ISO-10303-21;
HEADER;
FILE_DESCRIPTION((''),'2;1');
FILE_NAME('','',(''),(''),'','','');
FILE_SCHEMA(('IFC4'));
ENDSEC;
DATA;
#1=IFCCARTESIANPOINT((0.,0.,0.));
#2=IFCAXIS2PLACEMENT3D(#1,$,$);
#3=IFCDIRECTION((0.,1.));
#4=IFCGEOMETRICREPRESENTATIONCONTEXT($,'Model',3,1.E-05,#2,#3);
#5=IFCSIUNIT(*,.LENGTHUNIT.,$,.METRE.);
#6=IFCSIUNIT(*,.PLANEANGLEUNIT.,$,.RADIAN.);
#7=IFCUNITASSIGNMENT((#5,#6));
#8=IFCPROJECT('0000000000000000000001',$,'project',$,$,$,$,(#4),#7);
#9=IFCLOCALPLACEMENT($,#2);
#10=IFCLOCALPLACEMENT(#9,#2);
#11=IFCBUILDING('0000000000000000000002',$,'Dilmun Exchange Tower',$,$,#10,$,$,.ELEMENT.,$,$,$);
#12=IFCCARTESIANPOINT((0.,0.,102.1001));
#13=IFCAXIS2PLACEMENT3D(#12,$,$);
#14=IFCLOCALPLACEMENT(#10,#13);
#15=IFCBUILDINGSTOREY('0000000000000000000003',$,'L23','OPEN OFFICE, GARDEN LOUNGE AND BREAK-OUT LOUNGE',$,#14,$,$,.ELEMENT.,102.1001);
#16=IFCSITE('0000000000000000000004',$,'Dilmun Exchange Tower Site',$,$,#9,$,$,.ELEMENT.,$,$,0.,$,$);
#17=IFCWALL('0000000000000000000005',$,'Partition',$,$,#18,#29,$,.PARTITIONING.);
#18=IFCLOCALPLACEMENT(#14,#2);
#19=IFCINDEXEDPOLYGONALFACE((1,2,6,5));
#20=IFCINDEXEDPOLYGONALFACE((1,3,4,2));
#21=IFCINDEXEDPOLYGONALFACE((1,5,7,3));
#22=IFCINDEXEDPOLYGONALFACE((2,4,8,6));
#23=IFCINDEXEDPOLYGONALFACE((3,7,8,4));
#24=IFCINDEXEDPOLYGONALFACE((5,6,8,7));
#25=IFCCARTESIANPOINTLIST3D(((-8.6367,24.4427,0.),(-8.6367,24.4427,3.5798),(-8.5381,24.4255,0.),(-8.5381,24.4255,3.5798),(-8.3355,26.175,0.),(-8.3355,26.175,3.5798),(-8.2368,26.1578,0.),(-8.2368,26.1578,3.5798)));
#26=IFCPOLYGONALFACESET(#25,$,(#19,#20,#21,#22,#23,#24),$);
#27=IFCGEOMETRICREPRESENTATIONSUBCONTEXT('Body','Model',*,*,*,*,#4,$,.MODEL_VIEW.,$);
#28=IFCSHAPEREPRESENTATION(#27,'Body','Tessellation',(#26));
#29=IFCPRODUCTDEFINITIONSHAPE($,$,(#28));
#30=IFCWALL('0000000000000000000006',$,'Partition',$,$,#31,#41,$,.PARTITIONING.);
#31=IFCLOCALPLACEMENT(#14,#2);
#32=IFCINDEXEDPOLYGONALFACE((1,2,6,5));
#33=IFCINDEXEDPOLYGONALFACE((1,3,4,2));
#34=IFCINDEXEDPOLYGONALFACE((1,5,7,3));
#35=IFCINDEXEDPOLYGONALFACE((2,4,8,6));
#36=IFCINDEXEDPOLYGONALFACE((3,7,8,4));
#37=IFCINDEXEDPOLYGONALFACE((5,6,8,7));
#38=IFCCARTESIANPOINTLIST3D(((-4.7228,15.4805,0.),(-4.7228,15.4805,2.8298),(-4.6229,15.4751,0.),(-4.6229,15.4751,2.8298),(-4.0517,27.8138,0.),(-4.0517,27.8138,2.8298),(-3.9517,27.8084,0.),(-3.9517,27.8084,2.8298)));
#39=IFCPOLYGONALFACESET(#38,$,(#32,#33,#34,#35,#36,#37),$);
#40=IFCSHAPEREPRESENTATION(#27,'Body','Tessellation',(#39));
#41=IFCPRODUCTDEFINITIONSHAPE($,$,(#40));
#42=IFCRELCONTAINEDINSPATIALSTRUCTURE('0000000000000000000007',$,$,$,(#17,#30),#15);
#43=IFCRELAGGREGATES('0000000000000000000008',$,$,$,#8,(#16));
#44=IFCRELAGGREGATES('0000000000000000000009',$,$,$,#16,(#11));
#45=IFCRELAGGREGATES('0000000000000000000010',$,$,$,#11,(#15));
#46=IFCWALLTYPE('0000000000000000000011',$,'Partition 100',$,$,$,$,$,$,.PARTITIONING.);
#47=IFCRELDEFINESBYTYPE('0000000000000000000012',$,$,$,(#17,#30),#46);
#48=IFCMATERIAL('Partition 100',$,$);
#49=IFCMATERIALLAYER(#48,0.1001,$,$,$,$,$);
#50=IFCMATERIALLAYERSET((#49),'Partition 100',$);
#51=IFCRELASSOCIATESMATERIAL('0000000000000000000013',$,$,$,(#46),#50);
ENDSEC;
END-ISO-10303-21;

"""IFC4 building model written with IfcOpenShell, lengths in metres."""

from ifc_helpers import new_model, si_unit, direction, frame, frame_2d, origin, place, context, subcontext, project, spatial, rectangle, extrude, material, layer, layer_set, type_object, element, save


model = new_model("IFC4")

# Units and contexts
model_context = context("Model", 3, precision=1e-05, world=origin(), true_north=direction((0.0, 1.0)))
body_context = subcontext(model_context, "Body", "Model", "MODEL_VIEW")
ifc_project = project(units=[si_unit("LENGTHUNIT", "METRE"), si_unit("PLANEANGLEUNIT", "RADIAN")], contexts=[model_context])

# Site, building, storey
site_placement = place(None, origin())
site = spatial("IfcSite", under=ifc_project, at=site_placement, Name="Dilmun Exchange Tower Site", CompositionType="ELEMENT", RefElevation=0.0)
building_placement = place(site_placement, origin())
building = spatial("IfcBuilding", under=site, at=building_placement, Name="Dilmun Exchange Tower", CompositionType="ELEMENT")
storey_placement = place(building_placement, frame((0.0, 0.0, 102.1001)))
storey = spatial("IfcBuildingStorey", under=building, at=storey_placement, Name="L23", Description="OPEN OFFICE, GARDEN LOUNGE AND BREAK-OUT LOUNGE", CompositionType="ELEMENT", Elevation=102.1001)

# Walls
ifc_material_1 = material(Name="Partition 100")
ifc_layer_1 = layer(ifc_material_1, 0.1001)
ifc_layer_set_1 = layer_set([ifc_layer_1], Name="Partition 100")
wall_type_1 = type_object("IfcWallType", Name="Partition 100", PredefinedType="PARTITIONING", material=ifc_layer_set_1)
wall_1_placement = place(storey_placement, frame((-8.5874, 24.4341, 0.0), z_axis=(0.0, 0.0, 1.0), x_axis=(0.171329, 0.985214, 0.0)))
element("IfcWall", 1, at=wall_1_placement, inside=storey, type_object=wall_type_1, Name="Partition", PredefinedType="PARTITIONING", context=body_context, shape_type="SweptSolid", body=[
    extrude(rectangle(XDim=1.7583, YDim=0.1001, at=frame_2d((0.8792, 0.0))), origin(), (0.0, 0.0, 1.0), 3.5798),
])
wall_2_placement = place(storey_placement, frame((-4.6729, 15.4778, 0.0), z_axis=(0.0, 0.0, 1.0), x_axis=(0.054337, 0.998523, 0.0)))
element("IfcWall", 2, at=wall_2_placement, inside=storey, type_object=wall_type_1, Name="Partition", PredefinedType="PARTITIONING", context=body_context, shape_type="SweptSolid", body=[
    extrude(rectangle(XDim=12.3516, YDim=0.1001, at=frame_2d((6.1758, 0.0))), origin(), (0.0, 0.0, 1.0), 2.8298),
])

save(model, "model.ifc")
